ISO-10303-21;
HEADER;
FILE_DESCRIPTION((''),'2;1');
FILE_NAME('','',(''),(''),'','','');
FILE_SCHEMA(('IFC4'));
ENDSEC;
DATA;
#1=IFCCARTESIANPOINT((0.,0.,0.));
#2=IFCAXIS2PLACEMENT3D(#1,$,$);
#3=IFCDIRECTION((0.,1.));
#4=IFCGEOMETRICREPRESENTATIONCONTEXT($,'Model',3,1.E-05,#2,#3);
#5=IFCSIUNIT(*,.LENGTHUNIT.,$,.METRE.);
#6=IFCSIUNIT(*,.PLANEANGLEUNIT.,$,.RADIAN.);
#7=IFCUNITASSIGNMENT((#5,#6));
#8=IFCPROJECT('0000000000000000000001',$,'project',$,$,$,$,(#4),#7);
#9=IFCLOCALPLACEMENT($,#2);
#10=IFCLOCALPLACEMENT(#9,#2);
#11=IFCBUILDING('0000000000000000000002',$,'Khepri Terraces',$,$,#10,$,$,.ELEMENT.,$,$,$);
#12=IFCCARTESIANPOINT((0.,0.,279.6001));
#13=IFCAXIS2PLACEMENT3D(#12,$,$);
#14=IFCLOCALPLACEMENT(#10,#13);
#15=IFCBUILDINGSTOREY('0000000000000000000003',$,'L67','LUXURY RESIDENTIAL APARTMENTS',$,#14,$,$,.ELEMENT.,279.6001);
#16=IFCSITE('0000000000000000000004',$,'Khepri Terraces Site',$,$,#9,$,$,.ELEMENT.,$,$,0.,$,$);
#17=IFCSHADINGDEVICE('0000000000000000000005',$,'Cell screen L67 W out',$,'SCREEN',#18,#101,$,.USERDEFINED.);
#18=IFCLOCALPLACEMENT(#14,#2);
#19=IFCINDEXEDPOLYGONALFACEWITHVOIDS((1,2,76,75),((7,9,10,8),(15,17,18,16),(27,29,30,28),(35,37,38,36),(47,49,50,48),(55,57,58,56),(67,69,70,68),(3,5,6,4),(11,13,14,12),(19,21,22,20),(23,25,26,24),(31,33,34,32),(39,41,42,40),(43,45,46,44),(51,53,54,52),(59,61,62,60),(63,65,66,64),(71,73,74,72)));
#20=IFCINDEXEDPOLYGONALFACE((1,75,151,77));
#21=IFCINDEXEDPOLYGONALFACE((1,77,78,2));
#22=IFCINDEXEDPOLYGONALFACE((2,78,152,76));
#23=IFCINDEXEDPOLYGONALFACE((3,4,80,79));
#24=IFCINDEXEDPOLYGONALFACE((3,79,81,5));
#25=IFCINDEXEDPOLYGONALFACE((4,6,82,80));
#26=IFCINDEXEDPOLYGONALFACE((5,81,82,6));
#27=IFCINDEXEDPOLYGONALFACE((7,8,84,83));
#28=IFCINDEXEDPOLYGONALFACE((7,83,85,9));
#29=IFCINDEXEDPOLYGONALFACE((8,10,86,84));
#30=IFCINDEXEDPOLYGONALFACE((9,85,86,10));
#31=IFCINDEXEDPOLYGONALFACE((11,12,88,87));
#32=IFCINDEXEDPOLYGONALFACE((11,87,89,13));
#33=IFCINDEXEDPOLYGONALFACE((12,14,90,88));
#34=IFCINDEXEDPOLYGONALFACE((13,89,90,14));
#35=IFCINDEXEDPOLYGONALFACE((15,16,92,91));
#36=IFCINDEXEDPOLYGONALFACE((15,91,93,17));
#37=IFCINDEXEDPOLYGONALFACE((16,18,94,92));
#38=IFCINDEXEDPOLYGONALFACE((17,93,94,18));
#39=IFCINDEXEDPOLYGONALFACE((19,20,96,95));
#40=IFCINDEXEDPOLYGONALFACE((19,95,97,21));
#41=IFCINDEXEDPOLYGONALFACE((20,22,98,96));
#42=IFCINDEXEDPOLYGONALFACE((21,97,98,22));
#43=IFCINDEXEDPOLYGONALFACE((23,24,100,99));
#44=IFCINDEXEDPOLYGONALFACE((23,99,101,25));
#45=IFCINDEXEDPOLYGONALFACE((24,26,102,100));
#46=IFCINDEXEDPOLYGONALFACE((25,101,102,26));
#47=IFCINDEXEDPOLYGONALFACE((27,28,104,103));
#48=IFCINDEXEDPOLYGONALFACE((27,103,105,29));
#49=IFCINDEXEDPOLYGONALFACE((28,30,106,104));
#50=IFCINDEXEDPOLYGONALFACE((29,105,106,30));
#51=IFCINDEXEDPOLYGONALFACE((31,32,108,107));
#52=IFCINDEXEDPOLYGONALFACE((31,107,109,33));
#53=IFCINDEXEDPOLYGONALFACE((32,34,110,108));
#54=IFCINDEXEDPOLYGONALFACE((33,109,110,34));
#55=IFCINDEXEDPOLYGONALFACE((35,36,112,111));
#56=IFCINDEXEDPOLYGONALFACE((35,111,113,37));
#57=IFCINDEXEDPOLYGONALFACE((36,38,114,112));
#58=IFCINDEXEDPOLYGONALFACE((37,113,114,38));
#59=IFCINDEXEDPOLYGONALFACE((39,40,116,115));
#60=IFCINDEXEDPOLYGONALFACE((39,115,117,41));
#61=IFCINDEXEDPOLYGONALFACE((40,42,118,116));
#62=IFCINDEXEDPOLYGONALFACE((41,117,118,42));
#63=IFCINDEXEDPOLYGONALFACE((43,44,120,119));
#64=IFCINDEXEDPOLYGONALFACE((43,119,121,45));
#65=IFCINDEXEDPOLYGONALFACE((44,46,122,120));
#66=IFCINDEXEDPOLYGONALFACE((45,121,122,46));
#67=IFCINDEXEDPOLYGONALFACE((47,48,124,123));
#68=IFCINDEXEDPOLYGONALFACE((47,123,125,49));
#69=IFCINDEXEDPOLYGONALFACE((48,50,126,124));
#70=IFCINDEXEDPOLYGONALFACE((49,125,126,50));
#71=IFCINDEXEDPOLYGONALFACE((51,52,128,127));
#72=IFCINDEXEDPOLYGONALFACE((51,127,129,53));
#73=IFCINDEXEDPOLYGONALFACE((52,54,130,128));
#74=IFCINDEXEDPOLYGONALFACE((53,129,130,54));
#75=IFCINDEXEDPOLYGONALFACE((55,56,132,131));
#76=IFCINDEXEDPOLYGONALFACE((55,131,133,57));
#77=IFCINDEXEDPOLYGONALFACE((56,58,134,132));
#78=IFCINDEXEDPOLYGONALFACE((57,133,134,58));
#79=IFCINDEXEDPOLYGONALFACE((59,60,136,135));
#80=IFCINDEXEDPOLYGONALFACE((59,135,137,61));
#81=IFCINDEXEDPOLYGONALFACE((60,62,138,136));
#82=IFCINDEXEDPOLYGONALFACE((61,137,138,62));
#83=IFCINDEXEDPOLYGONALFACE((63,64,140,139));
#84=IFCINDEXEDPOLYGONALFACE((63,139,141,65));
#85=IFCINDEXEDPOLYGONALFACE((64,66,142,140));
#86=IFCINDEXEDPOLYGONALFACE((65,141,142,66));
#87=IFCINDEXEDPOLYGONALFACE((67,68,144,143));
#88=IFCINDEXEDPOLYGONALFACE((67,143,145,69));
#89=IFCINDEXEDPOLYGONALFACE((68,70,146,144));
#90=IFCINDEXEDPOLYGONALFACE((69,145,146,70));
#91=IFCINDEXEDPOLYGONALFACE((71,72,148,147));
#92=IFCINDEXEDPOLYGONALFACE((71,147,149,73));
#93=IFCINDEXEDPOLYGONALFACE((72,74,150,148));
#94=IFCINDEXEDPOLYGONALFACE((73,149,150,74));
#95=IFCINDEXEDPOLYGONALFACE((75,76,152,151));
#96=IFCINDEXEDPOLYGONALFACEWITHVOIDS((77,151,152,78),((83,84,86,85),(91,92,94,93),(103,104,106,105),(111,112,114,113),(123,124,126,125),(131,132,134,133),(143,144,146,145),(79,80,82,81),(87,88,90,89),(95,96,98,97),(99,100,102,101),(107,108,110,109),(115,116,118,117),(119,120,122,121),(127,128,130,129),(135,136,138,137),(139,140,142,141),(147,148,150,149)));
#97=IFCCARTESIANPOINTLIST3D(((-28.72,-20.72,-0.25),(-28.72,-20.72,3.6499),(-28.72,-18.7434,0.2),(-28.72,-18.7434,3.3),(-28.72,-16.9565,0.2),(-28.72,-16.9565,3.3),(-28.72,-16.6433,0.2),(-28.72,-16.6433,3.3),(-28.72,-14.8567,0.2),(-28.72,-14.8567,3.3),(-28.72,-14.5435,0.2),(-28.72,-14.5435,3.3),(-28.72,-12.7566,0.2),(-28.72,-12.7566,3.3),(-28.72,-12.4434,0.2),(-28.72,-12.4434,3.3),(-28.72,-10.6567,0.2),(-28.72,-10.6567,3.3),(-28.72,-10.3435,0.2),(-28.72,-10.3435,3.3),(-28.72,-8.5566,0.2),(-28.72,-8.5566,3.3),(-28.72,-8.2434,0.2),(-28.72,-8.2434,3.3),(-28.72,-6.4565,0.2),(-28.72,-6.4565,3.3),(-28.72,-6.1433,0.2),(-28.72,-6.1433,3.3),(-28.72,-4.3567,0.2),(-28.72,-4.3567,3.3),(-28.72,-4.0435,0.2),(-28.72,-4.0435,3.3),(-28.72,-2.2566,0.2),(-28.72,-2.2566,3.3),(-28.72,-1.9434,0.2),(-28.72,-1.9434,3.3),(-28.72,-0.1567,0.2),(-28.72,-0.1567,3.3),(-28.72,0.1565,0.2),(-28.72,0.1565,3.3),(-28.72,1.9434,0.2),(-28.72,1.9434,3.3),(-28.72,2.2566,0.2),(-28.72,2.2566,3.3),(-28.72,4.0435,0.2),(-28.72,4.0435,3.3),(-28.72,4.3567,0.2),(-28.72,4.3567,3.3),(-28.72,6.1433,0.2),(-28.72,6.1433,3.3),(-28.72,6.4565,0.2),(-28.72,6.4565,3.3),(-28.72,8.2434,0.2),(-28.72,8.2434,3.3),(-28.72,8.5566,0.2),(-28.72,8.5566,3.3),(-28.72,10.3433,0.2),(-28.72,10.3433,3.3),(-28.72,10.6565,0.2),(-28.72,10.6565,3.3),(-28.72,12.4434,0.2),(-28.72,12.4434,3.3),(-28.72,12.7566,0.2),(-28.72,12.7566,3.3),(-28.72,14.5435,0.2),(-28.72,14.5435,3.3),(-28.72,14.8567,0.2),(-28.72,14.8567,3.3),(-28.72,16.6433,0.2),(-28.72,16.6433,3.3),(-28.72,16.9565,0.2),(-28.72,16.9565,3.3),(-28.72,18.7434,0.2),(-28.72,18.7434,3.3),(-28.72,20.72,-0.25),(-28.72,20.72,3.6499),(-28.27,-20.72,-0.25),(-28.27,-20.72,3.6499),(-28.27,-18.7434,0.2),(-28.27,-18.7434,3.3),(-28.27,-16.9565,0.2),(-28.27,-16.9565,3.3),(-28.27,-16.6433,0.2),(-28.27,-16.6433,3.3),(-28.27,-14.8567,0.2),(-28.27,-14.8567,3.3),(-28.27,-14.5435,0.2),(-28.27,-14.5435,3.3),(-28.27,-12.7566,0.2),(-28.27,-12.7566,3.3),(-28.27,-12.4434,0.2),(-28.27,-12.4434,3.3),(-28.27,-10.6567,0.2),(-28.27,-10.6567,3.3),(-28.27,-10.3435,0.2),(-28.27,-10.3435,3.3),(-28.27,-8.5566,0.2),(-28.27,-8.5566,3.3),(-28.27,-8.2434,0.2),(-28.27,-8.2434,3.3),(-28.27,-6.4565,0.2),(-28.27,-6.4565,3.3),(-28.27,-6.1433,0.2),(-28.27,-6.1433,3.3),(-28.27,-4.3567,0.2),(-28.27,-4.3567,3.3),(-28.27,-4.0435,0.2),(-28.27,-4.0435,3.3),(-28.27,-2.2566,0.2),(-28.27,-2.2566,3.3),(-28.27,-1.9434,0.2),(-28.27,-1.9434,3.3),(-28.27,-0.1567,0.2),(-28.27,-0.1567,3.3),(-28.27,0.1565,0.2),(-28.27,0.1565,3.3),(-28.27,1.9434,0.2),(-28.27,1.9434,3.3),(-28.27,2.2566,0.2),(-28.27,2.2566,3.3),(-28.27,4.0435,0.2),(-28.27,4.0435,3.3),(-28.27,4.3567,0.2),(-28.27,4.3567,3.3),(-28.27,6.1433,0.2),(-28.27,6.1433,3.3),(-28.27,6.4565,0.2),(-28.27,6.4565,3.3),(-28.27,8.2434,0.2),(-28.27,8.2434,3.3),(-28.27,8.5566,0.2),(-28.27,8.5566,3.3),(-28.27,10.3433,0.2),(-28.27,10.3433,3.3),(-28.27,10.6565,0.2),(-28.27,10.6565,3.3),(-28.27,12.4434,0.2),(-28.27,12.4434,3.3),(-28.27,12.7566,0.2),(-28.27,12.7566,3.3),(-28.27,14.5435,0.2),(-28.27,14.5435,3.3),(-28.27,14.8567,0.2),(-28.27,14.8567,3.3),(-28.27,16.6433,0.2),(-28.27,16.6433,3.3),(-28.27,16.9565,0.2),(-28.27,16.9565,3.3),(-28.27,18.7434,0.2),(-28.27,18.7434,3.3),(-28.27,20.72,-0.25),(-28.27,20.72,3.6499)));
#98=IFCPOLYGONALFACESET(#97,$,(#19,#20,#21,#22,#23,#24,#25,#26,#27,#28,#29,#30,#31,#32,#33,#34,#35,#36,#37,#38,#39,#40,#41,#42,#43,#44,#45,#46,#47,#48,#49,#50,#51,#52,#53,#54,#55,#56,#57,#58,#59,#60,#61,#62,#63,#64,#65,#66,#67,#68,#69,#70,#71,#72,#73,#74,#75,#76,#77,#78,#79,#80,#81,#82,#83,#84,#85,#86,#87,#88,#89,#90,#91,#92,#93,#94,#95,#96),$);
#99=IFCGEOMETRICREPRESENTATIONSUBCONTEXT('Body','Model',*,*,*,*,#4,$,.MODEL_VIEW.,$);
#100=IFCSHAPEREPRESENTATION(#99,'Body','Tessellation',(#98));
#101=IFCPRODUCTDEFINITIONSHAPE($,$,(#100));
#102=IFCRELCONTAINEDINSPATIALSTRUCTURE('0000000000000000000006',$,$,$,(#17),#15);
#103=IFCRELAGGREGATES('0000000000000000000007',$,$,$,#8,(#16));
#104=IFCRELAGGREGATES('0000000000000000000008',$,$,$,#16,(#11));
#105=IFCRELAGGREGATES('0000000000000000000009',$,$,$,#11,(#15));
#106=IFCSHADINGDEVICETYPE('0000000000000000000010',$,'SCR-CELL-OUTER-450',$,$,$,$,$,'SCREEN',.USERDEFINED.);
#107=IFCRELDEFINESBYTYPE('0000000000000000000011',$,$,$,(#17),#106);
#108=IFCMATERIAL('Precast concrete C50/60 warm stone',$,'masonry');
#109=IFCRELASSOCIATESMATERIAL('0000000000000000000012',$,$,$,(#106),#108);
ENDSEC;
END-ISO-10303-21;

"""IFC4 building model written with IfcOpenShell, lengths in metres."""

from ifc_helpers import new_model, si_unit, direction, frame, origin, place, context, subcontext, project, spatial, polyline, outline, extrude, material, type_object, element, save


model = new_model("IFC4")

# Units and contexts
model_context = context("Model", 3, precision=1e-05, world=origin(), true_north=direction((0.0, 1.0)))
body_context = subcontext(model_context, "Body", "Model", "MODEL_VIEW")
ifc_project = project(units=[si_unit("LENGTHUNIT", "METRE"), si_unit("PLANEANGLEUNIT", "RADIAN")], contexts=[model_context])

# Site, building, storey
site_placement = place(None, origin())
site = spatial("IfcSite", under=ifc_project, at=site_placement, Name="Khepri Terraces Site", CompositionType="ELEMENT", RefElevation=0.0)
building_placement = place(site_placement, origin())
building = spatial("IfcBuilding", under=site, at=building_placement, Name="Khepri Terraces", CompositionType="ELEMENT")
storey_placement = place(building_placement, frame((0.0, 0.0, 279.6001)))
storey = spatial("IfcBuildingStorey", under=building, at=storey_placement, Name="L67", Description="LUXURY RESIDENTIAL APARTMENTS", CompositionType="ELEMENT", Elevation=279.6001)

# Shared definitions
ifc_material_1 = material(Name="Precast concrete C50/60 warm stone", Category="masonry")

# Shading device
shading_device_type_1 = type_object("IfcShadingDeviceType", Name="SCR-CELL-OUTER-450", ElementType="SCREEN", PredefinedType="USERDEFINED", material=ifc_material_1)
shading_device_1_placement = place(storey_placement, frame((-28.27, 20.72, -0.25), z_axis=(-1.0, 0.0, 0.0), x_axis=(0.0, -1.0, 0.0)))
element("IfcShadingDevice", 1, at=shading_device_1_placement, inside=storey, type_object=shading_device_type_1, Name="Cell screen L67 W out", ObjectType="SCREEN", PredefinedType="USERDEFINED", context=body_context, shape_type="SweptSolid", body=[
    extrude(outline(polyline([(0.0, 0.0), (41.4399, 0.0), (41.4399, 3.8999), (0.0, 3.8999), (0.0, 0.0)]), holes=[polyline([(1.9766, 0.45), (3.7634, 0.45), (3.7634, 3.55), (1.9766, 3.55), (1.9766, 0.45)]), polyline([(4.0767, 0.45), (5.8633, 0.45), (5.8633, 3.55), (4.0767, 3.55), (4.0767, 0.45)]), polyline([(6.1765, 0.45), (7.9634, 0.45), (7.9634, 3.55), (6.1765, 3.55), (6.1765, 0.45)]), polyline([(8.2766, 0.45), (10.0635, 0.45), (10.0635, 3.55), (8.2766, 3.55), (8.2766, 0.45)]), polyline([(10.3767, 0.45), (12.1633, 0.45), (12.1633, 3.55), (10.3767, 3.55), (10.3767, 0.45)]), polyline([(12.4766, 0.45), (14.2634, 0.45), (14.2634, 3.55), (12.4766, 3.55), (12.4766, 0.45)]), polyline([(14.5767, 0.45), (16.3633, 0.45), (16.3633, 3.55), (14.5767, 3.55), (14.5767, 0.45)]), polyline([(16.6765, 0.45), (18.4634, 0.45), (18.4634, 3.55), (16.6765, 3.55), (16.6765, 0.45)]), polyline([(18.7766, 0.45), (20.5635, 0.45), (20.5635, 3.55), (18.7766, 3.55), (18.7766, 0.45)]), polyline([(20.8767, 0.45), (22.6633, 0.45), (22.6633, 3.55), (20.8767, 3.55), (20.8767, 0.45)]), polyline([(22.9766, 0.45), (24.7634, 0.45), (24.7634, 3.55), (22.9766, 3.55), (22.9766, 0.45)]), polyline([(25.0767, 0.45), (26.8633, 0.45), (26.8633, 3.55), (25.0767, 3.55), (25.0767, 0.45)]), polyline([(27.1765, 0.45), (28.9634, 0.45), (28.9634, 3.55), (27.1765, 3.55), (27.1765, 0.45)]), polyline([(29.2766, 0.45), (31.0635, 0.45), (31.0635, 3.55), (29.2766, 3.55), (29.2766, 0.45)]), polyline([(31.3767, 0.45), (33.1633, 0.45), (33.1633, 3.55), (31.3767, 3.55), (31.3767, 0.45)]), polyline([(33.4766, 0.45), (35.2634, 0.45), (35.2634, 3.55), (33.4766, 3.55), (33.4766, 0.45)]), polyline([(35.5767, 0.45), (37.3633, 0.45), (37.3633, 3.55), (35.5767, 3.55), (35.5767, 0.45)]), polyline([(37.6765, 0.45), (39.4634, 0.45), (39.4634, 3.55), (37.6765, 3.55), (37.6765, 0.45)])]), origin(), (0.0, 0.0, 1.0), 0.45),
])

save(model, "model.ifc")
